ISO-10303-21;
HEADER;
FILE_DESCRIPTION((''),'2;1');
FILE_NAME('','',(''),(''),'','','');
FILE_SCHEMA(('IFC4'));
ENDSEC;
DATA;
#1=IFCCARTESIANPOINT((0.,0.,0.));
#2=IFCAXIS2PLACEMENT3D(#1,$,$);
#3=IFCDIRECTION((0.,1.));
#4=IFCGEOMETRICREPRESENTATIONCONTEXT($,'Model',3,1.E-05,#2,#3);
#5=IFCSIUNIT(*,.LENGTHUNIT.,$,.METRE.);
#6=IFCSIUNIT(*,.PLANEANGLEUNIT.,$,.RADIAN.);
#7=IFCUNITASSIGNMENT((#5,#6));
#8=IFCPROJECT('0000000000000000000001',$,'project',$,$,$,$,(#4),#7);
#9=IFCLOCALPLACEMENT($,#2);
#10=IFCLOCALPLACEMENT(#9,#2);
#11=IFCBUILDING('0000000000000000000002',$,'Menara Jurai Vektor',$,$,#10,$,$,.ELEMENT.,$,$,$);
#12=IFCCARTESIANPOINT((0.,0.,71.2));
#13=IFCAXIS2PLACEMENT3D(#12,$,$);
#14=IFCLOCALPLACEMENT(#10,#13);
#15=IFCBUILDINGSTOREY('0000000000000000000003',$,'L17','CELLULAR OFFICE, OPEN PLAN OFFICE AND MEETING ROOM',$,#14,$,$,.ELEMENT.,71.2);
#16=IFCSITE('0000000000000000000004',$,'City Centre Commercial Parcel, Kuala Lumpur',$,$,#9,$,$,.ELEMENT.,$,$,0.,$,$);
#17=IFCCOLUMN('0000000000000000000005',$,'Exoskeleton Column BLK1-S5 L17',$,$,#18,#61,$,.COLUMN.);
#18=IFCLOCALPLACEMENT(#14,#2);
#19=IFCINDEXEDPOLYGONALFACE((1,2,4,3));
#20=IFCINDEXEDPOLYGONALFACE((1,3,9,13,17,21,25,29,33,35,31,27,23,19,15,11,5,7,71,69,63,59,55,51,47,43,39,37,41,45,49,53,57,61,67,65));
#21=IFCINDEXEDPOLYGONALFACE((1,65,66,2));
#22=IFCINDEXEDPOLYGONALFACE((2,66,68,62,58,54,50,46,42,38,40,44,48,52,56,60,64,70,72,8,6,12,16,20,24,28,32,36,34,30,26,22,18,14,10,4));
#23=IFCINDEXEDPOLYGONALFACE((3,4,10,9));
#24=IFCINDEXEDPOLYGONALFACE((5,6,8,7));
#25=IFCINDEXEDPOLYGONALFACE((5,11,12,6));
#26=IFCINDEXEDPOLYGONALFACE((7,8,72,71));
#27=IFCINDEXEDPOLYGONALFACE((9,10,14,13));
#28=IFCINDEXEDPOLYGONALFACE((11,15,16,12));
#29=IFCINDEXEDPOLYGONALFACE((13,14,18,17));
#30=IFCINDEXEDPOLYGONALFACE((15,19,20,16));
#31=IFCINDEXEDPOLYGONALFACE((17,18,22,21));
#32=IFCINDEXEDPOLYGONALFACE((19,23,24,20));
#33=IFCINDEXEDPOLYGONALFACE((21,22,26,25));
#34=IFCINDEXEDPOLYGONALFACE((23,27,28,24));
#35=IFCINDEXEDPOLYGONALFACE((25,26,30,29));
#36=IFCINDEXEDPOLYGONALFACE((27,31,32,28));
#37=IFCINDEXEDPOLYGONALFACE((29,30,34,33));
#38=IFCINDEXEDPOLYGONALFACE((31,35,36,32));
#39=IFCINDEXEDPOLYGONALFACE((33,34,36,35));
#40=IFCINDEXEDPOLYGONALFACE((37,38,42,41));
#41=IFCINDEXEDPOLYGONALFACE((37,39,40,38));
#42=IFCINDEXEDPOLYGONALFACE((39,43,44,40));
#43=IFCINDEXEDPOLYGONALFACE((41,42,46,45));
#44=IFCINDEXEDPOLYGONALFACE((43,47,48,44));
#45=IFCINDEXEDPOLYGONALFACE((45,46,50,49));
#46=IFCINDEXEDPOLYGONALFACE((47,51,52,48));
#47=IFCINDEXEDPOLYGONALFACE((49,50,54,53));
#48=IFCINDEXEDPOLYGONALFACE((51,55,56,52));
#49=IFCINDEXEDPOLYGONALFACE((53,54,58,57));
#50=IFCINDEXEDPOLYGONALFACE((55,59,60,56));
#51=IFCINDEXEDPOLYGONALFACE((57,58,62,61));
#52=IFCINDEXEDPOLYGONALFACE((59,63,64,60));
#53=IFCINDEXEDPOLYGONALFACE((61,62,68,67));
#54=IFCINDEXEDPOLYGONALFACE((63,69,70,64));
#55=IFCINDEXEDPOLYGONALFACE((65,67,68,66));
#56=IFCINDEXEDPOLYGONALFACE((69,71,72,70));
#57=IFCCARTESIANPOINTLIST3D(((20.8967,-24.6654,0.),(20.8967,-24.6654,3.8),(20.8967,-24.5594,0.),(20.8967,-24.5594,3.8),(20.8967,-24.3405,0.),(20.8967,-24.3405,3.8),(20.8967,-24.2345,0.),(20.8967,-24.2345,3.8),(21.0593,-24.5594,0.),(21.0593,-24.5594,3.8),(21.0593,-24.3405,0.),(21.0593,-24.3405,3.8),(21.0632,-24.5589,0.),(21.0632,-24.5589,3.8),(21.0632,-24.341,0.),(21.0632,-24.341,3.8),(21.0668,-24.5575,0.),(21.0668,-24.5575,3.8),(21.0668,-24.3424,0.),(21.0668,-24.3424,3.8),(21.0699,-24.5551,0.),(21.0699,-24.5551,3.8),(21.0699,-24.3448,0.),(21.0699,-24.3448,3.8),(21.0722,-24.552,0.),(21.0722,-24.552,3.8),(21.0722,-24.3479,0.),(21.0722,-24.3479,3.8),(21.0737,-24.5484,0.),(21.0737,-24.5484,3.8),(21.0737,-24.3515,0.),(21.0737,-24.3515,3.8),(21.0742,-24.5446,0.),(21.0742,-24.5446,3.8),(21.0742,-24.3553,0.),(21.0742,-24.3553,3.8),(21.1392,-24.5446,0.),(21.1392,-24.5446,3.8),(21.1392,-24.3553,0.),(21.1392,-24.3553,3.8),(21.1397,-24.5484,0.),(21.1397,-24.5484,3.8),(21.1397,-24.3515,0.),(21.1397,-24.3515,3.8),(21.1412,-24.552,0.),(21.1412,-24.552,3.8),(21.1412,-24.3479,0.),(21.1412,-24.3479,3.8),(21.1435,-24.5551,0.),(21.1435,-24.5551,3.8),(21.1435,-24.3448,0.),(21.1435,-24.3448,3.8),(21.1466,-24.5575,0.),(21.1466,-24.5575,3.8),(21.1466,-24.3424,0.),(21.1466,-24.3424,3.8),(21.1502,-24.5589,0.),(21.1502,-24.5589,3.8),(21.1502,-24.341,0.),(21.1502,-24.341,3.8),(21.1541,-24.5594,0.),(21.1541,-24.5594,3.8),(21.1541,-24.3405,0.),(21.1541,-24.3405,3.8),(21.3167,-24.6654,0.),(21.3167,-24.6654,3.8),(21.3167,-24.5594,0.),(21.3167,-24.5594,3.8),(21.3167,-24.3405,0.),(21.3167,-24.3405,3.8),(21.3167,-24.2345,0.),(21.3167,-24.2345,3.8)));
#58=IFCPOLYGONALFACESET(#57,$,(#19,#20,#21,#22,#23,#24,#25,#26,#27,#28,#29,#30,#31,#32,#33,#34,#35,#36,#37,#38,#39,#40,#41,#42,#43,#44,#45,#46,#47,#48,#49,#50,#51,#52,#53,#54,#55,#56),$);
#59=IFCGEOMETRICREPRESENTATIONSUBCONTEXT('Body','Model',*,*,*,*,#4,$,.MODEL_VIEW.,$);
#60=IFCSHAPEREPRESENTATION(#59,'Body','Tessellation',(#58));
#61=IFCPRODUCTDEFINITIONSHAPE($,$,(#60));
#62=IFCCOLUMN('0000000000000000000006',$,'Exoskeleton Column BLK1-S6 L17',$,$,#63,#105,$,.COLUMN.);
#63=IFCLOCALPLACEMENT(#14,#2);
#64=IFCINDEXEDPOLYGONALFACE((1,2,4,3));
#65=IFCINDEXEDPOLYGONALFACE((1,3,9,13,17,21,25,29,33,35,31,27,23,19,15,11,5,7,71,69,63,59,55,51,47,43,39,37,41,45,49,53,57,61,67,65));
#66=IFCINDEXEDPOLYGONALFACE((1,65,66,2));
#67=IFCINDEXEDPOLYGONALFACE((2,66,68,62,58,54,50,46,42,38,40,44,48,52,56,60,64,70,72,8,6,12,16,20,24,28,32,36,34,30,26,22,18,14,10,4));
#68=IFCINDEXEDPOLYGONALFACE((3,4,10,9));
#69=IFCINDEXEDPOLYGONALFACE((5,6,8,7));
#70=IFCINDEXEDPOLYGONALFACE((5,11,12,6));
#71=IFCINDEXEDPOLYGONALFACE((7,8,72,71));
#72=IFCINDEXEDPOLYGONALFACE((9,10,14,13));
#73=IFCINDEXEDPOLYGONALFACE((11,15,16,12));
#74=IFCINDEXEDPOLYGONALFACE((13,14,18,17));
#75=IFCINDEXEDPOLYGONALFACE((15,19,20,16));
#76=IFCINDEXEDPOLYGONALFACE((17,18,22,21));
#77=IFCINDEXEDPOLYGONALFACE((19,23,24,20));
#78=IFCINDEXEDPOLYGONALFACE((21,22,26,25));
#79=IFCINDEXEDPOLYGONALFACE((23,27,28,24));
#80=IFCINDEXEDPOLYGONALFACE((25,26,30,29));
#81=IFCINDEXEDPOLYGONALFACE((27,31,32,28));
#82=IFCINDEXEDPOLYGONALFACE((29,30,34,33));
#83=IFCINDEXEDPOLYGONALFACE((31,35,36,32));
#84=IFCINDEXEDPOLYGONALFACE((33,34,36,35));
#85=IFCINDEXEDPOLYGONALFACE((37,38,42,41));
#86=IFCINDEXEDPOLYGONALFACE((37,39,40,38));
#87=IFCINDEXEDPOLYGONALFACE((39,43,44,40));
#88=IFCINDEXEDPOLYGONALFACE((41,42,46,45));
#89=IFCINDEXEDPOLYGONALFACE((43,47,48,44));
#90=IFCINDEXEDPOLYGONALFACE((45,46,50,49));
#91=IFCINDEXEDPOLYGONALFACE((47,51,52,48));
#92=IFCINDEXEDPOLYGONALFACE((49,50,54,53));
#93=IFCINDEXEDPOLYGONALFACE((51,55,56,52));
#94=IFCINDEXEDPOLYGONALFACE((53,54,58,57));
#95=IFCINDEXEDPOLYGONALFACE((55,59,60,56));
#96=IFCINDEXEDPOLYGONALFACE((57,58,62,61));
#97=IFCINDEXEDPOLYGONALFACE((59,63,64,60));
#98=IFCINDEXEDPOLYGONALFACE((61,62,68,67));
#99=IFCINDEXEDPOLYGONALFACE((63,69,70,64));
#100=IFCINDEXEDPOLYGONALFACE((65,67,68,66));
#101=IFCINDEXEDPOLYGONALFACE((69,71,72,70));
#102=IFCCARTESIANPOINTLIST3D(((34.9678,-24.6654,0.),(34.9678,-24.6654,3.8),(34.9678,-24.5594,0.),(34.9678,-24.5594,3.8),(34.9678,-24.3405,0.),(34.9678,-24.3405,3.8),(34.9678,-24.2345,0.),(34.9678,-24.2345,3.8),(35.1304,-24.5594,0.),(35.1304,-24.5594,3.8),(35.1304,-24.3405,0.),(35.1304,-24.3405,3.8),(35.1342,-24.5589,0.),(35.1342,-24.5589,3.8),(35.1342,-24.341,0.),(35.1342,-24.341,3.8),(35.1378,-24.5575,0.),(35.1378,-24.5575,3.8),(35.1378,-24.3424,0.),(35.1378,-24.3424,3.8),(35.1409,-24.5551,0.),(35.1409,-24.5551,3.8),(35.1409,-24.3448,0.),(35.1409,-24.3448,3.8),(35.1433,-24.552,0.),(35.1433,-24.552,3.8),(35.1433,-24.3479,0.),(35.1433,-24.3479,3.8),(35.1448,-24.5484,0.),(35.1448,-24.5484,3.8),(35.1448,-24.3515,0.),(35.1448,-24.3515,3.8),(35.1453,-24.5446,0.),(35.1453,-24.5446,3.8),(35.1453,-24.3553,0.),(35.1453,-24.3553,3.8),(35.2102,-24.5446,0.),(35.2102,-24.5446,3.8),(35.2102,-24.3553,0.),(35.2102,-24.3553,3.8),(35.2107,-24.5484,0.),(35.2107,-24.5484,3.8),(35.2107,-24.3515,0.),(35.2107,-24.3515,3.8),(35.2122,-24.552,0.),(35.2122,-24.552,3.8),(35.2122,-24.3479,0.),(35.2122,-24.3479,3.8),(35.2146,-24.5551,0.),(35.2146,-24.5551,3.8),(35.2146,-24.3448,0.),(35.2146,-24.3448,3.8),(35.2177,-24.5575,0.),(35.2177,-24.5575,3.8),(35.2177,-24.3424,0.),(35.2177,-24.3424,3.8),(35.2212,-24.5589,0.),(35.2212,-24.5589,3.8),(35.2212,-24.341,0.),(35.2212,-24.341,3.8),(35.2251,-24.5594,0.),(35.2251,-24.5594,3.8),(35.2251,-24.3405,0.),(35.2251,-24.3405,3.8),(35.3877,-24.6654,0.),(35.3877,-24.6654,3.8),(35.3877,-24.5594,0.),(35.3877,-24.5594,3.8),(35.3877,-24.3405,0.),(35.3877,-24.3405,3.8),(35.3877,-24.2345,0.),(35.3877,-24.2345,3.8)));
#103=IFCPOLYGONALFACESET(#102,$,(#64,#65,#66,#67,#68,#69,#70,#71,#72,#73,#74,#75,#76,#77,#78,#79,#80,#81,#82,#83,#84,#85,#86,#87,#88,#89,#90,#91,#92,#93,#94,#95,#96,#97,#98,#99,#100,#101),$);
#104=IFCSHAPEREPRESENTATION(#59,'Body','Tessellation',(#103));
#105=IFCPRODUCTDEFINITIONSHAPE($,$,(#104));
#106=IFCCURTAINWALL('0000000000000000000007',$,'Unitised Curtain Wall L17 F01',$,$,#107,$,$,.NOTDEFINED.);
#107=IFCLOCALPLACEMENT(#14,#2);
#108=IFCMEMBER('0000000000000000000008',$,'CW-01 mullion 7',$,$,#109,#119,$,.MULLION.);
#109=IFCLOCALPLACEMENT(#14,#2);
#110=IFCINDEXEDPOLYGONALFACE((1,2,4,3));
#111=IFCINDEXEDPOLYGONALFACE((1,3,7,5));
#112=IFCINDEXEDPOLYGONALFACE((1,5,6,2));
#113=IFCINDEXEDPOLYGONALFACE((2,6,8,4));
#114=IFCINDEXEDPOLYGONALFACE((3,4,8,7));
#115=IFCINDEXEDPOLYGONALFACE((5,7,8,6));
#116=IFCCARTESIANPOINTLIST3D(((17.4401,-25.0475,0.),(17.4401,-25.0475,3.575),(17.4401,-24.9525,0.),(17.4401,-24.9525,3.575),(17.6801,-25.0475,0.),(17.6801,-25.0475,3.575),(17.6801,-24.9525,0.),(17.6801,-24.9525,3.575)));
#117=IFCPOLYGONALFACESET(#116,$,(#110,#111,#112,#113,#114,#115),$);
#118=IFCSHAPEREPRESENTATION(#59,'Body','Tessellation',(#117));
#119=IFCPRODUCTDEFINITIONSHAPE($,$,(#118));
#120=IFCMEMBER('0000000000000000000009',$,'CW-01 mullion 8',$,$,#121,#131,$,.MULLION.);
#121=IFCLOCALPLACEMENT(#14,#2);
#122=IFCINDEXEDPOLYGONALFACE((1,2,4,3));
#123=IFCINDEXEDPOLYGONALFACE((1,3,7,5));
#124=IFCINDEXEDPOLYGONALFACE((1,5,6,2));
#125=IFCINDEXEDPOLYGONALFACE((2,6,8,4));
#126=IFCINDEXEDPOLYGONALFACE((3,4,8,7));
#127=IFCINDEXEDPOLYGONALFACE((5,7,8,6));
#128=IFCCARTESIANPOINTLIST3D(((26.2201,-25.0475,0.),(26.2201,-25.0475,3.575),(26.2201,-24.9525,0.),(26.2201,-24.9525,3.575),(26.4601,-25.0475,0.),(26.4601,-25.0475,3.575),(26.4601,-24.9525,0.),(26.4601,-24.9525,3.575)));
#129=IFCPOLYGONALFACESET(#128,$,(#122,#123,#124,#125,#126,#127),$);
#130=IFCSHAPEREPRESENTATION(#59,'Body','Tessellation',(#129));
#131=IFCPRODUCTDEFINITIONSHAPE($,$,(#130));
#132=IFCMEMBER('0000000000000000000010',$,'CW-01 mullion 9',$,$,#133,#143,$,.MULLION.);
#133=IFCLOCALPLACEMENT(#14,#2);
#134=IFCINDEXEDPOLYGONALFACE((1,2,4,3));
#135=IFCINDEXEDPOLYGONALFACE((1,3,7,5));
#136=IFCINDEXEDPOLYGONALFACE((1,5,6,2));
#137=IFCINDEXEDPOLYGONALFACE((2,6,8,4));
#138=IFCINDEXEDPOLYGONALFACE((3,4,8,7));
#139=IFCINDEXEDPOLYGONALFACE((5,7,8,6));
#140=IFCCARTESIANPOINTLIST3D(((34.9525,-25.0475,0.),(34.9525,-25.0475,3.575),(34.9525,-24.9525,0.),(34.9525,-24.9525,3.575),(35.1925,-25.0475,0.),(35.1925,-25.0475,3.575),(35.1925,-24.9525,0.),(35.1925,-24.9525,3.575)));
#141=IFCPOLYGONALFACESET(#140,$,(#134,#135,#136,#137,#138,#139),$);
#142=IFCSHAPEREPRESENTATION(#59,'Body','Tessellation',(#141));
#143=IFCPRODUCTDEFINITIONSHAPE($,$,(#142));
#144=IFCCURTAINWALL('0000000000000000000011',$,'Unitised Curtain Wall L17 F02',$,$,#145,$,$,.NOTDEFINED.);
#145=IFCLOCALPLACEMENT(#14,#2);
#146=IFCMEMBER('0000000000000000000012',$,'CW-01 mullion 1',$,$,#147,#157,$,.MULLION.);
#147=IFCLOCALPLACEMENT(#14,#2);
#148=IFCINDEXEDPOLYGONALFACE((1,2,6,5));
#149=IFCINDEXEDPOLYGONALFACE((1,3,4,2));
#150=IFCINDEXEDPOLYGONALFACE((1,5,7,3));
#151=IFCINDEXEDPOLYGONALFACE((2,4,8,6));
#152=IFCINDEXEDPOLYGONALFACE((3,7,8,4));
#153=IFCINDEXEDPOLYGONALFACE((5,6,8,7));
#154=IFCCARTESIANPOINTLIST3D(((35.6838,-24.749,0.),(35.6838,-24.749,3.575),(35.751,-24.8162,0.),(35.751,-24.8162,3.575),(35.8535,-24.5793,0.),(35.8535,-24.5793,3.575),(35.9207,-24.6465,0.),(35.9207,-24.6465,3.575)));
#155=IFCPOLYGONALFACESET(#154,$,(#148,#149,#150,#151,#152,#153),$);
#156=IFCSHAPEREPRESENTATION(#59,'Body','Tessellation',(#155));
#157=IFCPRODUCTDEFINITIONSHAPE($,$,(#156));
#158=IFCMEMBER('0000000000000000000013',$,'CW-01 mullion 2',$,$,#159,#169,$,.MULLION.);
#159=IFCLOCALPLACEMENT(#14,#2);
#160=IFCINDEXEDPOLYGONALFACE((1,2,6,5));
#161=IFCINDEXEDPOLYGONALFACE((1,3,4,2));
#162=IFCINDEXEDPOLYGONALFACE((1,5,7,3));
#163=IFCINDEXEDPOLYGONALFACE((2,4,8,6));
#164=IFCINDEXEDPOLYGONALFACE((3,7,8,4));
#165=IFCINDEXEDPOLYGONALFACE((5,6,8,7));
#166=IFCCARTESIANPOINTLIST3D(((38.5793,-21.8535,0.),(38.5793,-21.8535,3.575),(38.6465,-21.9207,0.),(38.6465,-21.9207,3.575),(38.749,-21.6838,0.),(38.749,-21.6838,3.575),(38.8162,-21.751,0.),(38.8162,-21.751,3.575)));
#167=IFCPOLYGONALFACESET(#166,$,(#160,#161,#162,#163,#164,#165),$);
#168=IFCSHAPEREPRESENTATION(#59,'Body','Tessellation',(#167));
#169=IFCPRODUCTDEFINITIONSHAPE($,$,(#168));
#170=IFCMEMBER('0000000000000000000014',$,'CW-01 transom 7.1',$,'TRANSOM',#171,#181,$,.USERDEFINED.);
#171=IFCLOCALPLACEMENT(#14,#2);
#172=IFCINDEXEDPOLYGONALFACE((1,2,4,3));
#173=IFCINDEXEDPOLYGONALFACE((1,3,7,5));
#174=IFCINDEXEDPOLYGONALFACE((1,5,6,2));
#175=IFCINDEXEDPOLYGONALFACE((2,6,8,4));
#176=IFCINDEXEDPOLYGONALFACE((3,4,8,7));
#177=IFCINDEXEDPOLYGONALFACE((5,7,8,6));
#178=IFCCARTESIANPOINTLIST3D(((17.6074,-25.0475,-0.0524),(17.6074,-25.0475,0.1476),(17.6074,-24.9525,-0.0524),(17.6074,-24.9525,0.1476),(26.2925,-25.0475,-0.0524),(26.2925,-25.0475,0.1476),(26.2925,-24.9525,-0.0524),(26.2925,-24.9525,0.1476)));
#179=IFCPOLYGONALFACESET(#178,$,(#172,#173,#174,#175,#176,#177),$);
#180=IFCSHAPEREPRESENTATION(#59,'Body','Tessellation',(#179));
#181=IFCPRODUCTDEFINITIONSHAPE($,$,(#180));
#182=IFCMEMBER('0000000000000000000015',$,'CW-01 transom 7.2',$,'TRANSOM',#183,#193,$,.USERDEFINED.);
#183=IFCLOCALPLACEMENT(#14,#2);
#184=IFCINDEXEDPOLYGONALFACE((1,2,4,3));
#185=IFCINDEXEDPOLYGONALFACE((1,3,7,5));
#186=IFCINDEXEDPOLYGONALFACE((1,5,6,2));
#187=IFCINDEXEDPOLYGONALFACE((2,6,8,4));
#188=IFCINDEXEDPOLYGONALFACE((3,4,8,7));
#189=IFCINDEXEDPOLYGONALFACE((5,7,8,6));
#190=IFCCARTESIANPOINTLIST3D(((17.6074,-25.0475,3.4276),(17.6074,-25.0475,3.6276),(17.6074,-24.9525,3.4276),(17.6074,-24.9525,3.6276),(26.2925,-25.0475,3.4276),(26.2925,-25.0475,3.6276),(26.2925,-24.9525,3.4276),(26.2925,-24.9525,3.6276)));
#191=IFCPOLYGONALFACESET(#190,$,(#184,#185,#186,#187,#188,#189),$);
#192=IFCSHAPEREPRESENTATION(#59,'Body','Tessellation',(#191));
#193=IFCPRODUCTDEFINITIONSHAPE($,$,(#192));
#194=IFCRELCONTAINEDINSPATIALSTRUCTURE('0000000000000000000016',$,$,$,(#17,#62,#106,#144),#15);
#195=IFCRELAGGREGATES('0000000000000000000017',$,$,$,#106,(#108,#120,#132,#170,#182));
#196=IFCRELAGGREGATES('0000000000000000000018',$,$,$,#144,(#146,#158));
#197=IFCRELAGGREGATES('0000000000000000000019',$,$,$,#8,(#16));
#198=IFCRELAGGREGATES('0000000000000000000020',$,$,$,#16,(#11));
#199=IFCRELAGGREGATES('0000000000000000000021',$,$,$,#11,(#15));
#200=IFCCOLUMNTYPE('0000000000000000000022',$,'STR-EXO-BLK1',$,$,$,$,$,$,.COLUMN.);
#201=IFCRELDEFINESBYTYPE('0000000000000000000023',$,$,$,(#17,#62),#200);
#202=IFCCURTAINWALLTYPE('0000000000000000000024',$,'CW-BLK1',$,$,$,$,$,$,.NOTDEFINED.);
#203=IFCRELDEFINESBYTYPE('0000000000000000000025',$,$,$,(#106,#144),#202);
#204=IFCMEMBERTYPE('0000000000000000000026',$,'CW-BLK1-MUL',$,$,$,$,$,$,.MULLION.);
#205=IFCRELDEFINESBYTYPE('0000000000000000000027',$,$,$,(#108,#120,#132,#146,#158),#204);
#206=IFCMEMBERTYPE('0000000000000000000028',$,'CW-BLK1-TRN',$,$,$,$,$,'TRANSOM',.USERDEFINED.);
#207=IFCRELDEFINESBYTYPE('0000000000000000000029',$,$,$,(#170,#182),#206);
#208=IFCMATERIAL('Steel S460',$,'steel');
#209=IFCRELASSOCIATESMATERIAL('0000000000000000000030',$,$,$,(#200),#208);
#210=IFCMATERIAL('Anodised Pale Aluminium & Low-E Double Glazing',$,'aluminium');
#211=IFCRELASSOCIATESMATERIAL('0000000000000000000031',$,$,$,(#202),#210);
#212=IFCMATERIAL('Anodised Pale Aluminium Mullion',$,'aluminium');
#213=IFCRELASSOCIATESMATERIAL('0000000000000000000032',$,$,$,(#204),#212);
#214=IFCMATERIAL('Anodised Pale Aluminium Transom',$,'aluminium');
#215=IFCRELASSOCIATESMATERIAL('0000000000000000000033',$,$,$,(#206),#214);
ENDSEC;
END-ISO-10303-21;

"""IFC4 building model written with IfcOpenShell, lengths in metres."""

from ifc_helpers import new_model, si_unit, direction, frame, origin, origin_2d, place, context, subcontext, project, spatial, rectangle, i_section, extrude, material, material_profile, profile_set, type_object, element, aggregate, save


model = new_model("IFC4")

# Units and contexts
model_context = context("Model", 3, precision=1e-05, world=origin(), true_north=direction((0.0, 1.0)))
body_context = subcontext(model_context, "Body", "Model", "MODEL_VIEW")
ifc_project = project(units=[si_unit("LENGTHUNIT", "METRE"), si_unit("PLANEANGLEUNIT", "RADIAN")], contexts=[model_context])

# Site, building, storey
site_placement = place(None, origin())
site = spatial("IfcSite", under=ifc_project, at=site_placement, Name="City Centre Commercial Parcel, Kuala Lumpur", CompositionType="ELEMENT", RefElevation=0.0)
building_placement = place(site_placement, origin())
building = spatial("IfcBuilding", under=site, at=building_placement, Name="Menara Jurai Vektor", CompositionType="ELEMENT")
storey_placement = place(building_placement, frame((0.0, 0.0, 71.2)))
storey = spatial("IfcBuildingStorey", under=building, at=storey_placement, Name="L17", Description="CELLULAR OFFICE, OPEN PLAN OFFICE AND MEETING ROOM", CompositionType="ELEMENT", Elevation=71.2)

# Columns
ifc_material_1 = material(Name="Steel S460", Category="steel")
ifc_material_profile_1 = material_profile(ifc_material_1, i_section(OverallWidth=0.4199, OverallDepth=0.4309, WebThickness=0.0649, FlangeThickness=0.106, FilletRadius=0.0149, at=origin_2d()), Name="HD 400x900")
ifc_profile_set_1 = profile_set([ifc_material_profile_1], Name="Steel S460")
column_type = type_object("IfcColumnType", Name="STR-EXO-BLK1", PredefinedType="COLUMN", material=ifc_profile_set_1)
for number, where, z_axis, x_axis, name in (
    (1, (21.1067, -24.45, 0.0), (0.0, 0.0, 1.0), (1.0, 0.0, 0.0), "Exoskeleton Column BLK1-S5 L17"),
    (2, (35.1777, -24.45, 0.0), (0.0, 0.0, 1.0), (1.0, 0.0, 0.0), "Exoskeleton Column BLK1-S6 L17"),
):
    element("IfcColumn", number, at=place(storey_placement, frame(where, z_axis=z_axis, x_axis=x_axis)), inside=storey, type_object=column_type, Name=name, PredefinedType="COLUMN", context=body_context, shape_type="SweptSolid", body=[
        extrude(i_section(OverallWidth=0.4199, OverallDepth=0.4309, WebThickness=0.0649, FlangeThickness=0.106, FilletRadius=0.0149, at=origin_2d()), origin(), (0.0, 0.0, 1.0), 3.8),
    ])

# Curtain walls, members
ifc_material_2 = material(Name="Anodised Pale Aluminium & Low-E Double Glazing", Category="aluminium")
curtain_wall_type = type_object("IfcCurtainWallType", Name="CW-BLK1", PredefinedType="NOTDEFINED", material=ifc_material_2)
curtain_wall_1_placement = place(storey_placement, origin())
curtain_wall_1 = element("IfcCurtainWall", 3, at=curtain_wall_1_placement, inside=storey, type_object=curtain_wall_type, Name="Unitised Curtain Wall L17 F01", PredefinedType="NOTDEFINED")
ifc_material_3 = material(Name="Anodised Pale Aluminium Mullion", Category="aluminium")
ifc_material_profile_2 = material_profile(ifc_material_3, rectangle(XDim=0.095, YDim=0.24, at=origin_2d()), Name="ALU MUL 95x240")
ifc_profile_set_2 = profile_set([ifc_material_profile_2], Name="Anodised Pale Aluminium Mullion")
member_type_1 = type_object("IfcMemberType", Name="CW-BLK1-MUL", PredefinedType="MULLION", material=ifc_profile_set_2)
member_1_placement = place(storey_placement, frame((17.5601, -25.0, 0.0), z_axis=(0.0, 0.0, 1.0), x_axis=(0.0, 1.0, 0.0)))
member_1 = element("IfcMember", 4, at=member_1_placement, type_object=member_type_1, Name="CW-01 mullion 7", PredefinedType="MULLION", context=body_context, shape_type="SweptSolid", body=[
    extrude(rectangle(XDim=0.095, YDim=0.24, at=origin_2d()), origin(), (0.0, 0.0, 1.0), 3.575),
])
member_2_placement = place(storey_placement, frame((26.3401, -25.0, 0.0), z_axis=(0.0, 0.0, 1.0), x_axis=(0.0, 1.0, 0.0)))
member_2 = element("IfcMember", 5, at=member_2_placement, type_object=member_type_1, Name="CW-01 mullion 8", PredefinedType="MULLION", context=body_context, shape_type="SweptSolid", body=[
    extrude(rectangle(XDim=0.095, YDim=0.24, at=origin_2d()), origin(), (0.0, 0.0, 1.0), 3.575),
])
member_3_placement = place(storey_placement, frame((35.0725, -25.0, 0.0), z_axis=(0.0, 0.0, 1.0), x_axis=(0.0, 1.0, 0.0)))
member_3 = element("IfcMember", 6, at=member_3_placement, type_object=member_type_1, Name="CW-01 mullion 9", PredefinedType="MULLION", context=body_context, shape_type="SweptSolid", body=[
    extrude(rectangle(XDim=0.095, YDim=0.24, at=origin_2d()), origin(), (0.0, 0.0, 1.0), 3.575),
])
curtain_wall_2_placement = place(storey_placement, origin())
curtain_wall_2 = element("IfcCurtainWall", 7, at=curtain_wall_2_placement, inside=storey, type_object=curtain_wall_type, Name="Unitised Curtain Wall L17 F02", PredefinedType="NOTDEFINED")
member_4_placement = place(storey_placement, frame((35.8022, -24.6978, 0.0), z_axis=(0.0, 0.0, 1.0), x_axis=(-0.707107, 0.707107, 0.0)))
member_4 = element("IfcMember", 8, at=member_4_placement, type_object=member_type_1, Name="CW-01 mullion 1", PredefinedType="MULLION", context=body_context, shape_type="SweptSolid", body=[
    extrude(rectangle(XDim=0.095, YDim=0.24, at=origin_2d()), origin(), (0.0, 0.0, 1.0), 3.575),
])
member_5_placement = place(storey_placement, frame((38.6978, -21.8022, 0.0), z_axis=(0.0, 0.0, 1.0), x_axis=(-0.707107, 0.707107, 0.0)))
member_5 = element("IfcMember", 9, at=member_5_placement, type_object=member_type_1, Name="CW-01 mullion 2", PredefinedType="MULLION", context=body_context, shape_type="SweptSolid", body=[
    extrude(rectangle(XDim=0.095, YDim=0.24, at=origin_2d()), origin(), (0.0, 0.0, 1.0), 3.575),
])

# Members
ifc_material_4 = material(Name="Anodised Pale Aluminium Transom", Category="aluminium")
ifc_material_profile_3 = material_profile(ifc_material_4, rectangle(XDim=0.095, YDim=0.2, at=origin_2d()), Name="ALU TRN 95x200")
ifc_profile_set_3 = profile_set([ifc_material_profile_3], Name="Anodised Pale Aluminium Transom")
member_type_2 = type_object("IfcMemberType", Name="CW-BLK1-TRN", ElementType="TRANSOM", PredefinedType="USERDEFINED", material=ifc_profile_set_3)
member_6_placement = place(storey_placement, frame((17.6074, -25.0, 0.0476), z_axis=(1.0, 0.0, 0.0), x_axis=(0.0, 1.0, 0.0)))
member_6 = element("IfcMember", 10, at=member_6_placement, type_object=member_type_2, Name="CW-01 transom 7.1", ObjectType="TRANSOM", PredefinedType="USERDEFINED", context=body_context, shape_type="SweptSolid", body=[
    extrude(rectangle(XDim=0.095, YDim=0.2, at=origin_2d()), origin(), (0.0, 0.0, 1.0), 8.6851),
])
member_7_placement = place(storey_placement, frame((17.6074, -25.0, 3.5276), z_axis=(1.0, 0.0, 0.0), x_axis=(0.0, 1.0, 0.0)))
member_7 = element("IfcMember", 11, at=member_7_placement, type_object=member_type_2, Name="CW-01 transom 7.2", ObjectType="TRANSOM", PredefinedType="USERDEFINED", context=body_context, shape_type="SweptSolid", body=[
    extrude(rectangle(XDim=0.095, YDim=0.2, at=origin_2d()), origin(), (0.0, 0.0, 1.0), 8.6851),
])

aggregate(curtain_wall_1, [member_1, member_2, member_3, member_6, member_7])
aggregate(curtain_wall_2, [member_4, member_5])

save(model, "model.ifc")
